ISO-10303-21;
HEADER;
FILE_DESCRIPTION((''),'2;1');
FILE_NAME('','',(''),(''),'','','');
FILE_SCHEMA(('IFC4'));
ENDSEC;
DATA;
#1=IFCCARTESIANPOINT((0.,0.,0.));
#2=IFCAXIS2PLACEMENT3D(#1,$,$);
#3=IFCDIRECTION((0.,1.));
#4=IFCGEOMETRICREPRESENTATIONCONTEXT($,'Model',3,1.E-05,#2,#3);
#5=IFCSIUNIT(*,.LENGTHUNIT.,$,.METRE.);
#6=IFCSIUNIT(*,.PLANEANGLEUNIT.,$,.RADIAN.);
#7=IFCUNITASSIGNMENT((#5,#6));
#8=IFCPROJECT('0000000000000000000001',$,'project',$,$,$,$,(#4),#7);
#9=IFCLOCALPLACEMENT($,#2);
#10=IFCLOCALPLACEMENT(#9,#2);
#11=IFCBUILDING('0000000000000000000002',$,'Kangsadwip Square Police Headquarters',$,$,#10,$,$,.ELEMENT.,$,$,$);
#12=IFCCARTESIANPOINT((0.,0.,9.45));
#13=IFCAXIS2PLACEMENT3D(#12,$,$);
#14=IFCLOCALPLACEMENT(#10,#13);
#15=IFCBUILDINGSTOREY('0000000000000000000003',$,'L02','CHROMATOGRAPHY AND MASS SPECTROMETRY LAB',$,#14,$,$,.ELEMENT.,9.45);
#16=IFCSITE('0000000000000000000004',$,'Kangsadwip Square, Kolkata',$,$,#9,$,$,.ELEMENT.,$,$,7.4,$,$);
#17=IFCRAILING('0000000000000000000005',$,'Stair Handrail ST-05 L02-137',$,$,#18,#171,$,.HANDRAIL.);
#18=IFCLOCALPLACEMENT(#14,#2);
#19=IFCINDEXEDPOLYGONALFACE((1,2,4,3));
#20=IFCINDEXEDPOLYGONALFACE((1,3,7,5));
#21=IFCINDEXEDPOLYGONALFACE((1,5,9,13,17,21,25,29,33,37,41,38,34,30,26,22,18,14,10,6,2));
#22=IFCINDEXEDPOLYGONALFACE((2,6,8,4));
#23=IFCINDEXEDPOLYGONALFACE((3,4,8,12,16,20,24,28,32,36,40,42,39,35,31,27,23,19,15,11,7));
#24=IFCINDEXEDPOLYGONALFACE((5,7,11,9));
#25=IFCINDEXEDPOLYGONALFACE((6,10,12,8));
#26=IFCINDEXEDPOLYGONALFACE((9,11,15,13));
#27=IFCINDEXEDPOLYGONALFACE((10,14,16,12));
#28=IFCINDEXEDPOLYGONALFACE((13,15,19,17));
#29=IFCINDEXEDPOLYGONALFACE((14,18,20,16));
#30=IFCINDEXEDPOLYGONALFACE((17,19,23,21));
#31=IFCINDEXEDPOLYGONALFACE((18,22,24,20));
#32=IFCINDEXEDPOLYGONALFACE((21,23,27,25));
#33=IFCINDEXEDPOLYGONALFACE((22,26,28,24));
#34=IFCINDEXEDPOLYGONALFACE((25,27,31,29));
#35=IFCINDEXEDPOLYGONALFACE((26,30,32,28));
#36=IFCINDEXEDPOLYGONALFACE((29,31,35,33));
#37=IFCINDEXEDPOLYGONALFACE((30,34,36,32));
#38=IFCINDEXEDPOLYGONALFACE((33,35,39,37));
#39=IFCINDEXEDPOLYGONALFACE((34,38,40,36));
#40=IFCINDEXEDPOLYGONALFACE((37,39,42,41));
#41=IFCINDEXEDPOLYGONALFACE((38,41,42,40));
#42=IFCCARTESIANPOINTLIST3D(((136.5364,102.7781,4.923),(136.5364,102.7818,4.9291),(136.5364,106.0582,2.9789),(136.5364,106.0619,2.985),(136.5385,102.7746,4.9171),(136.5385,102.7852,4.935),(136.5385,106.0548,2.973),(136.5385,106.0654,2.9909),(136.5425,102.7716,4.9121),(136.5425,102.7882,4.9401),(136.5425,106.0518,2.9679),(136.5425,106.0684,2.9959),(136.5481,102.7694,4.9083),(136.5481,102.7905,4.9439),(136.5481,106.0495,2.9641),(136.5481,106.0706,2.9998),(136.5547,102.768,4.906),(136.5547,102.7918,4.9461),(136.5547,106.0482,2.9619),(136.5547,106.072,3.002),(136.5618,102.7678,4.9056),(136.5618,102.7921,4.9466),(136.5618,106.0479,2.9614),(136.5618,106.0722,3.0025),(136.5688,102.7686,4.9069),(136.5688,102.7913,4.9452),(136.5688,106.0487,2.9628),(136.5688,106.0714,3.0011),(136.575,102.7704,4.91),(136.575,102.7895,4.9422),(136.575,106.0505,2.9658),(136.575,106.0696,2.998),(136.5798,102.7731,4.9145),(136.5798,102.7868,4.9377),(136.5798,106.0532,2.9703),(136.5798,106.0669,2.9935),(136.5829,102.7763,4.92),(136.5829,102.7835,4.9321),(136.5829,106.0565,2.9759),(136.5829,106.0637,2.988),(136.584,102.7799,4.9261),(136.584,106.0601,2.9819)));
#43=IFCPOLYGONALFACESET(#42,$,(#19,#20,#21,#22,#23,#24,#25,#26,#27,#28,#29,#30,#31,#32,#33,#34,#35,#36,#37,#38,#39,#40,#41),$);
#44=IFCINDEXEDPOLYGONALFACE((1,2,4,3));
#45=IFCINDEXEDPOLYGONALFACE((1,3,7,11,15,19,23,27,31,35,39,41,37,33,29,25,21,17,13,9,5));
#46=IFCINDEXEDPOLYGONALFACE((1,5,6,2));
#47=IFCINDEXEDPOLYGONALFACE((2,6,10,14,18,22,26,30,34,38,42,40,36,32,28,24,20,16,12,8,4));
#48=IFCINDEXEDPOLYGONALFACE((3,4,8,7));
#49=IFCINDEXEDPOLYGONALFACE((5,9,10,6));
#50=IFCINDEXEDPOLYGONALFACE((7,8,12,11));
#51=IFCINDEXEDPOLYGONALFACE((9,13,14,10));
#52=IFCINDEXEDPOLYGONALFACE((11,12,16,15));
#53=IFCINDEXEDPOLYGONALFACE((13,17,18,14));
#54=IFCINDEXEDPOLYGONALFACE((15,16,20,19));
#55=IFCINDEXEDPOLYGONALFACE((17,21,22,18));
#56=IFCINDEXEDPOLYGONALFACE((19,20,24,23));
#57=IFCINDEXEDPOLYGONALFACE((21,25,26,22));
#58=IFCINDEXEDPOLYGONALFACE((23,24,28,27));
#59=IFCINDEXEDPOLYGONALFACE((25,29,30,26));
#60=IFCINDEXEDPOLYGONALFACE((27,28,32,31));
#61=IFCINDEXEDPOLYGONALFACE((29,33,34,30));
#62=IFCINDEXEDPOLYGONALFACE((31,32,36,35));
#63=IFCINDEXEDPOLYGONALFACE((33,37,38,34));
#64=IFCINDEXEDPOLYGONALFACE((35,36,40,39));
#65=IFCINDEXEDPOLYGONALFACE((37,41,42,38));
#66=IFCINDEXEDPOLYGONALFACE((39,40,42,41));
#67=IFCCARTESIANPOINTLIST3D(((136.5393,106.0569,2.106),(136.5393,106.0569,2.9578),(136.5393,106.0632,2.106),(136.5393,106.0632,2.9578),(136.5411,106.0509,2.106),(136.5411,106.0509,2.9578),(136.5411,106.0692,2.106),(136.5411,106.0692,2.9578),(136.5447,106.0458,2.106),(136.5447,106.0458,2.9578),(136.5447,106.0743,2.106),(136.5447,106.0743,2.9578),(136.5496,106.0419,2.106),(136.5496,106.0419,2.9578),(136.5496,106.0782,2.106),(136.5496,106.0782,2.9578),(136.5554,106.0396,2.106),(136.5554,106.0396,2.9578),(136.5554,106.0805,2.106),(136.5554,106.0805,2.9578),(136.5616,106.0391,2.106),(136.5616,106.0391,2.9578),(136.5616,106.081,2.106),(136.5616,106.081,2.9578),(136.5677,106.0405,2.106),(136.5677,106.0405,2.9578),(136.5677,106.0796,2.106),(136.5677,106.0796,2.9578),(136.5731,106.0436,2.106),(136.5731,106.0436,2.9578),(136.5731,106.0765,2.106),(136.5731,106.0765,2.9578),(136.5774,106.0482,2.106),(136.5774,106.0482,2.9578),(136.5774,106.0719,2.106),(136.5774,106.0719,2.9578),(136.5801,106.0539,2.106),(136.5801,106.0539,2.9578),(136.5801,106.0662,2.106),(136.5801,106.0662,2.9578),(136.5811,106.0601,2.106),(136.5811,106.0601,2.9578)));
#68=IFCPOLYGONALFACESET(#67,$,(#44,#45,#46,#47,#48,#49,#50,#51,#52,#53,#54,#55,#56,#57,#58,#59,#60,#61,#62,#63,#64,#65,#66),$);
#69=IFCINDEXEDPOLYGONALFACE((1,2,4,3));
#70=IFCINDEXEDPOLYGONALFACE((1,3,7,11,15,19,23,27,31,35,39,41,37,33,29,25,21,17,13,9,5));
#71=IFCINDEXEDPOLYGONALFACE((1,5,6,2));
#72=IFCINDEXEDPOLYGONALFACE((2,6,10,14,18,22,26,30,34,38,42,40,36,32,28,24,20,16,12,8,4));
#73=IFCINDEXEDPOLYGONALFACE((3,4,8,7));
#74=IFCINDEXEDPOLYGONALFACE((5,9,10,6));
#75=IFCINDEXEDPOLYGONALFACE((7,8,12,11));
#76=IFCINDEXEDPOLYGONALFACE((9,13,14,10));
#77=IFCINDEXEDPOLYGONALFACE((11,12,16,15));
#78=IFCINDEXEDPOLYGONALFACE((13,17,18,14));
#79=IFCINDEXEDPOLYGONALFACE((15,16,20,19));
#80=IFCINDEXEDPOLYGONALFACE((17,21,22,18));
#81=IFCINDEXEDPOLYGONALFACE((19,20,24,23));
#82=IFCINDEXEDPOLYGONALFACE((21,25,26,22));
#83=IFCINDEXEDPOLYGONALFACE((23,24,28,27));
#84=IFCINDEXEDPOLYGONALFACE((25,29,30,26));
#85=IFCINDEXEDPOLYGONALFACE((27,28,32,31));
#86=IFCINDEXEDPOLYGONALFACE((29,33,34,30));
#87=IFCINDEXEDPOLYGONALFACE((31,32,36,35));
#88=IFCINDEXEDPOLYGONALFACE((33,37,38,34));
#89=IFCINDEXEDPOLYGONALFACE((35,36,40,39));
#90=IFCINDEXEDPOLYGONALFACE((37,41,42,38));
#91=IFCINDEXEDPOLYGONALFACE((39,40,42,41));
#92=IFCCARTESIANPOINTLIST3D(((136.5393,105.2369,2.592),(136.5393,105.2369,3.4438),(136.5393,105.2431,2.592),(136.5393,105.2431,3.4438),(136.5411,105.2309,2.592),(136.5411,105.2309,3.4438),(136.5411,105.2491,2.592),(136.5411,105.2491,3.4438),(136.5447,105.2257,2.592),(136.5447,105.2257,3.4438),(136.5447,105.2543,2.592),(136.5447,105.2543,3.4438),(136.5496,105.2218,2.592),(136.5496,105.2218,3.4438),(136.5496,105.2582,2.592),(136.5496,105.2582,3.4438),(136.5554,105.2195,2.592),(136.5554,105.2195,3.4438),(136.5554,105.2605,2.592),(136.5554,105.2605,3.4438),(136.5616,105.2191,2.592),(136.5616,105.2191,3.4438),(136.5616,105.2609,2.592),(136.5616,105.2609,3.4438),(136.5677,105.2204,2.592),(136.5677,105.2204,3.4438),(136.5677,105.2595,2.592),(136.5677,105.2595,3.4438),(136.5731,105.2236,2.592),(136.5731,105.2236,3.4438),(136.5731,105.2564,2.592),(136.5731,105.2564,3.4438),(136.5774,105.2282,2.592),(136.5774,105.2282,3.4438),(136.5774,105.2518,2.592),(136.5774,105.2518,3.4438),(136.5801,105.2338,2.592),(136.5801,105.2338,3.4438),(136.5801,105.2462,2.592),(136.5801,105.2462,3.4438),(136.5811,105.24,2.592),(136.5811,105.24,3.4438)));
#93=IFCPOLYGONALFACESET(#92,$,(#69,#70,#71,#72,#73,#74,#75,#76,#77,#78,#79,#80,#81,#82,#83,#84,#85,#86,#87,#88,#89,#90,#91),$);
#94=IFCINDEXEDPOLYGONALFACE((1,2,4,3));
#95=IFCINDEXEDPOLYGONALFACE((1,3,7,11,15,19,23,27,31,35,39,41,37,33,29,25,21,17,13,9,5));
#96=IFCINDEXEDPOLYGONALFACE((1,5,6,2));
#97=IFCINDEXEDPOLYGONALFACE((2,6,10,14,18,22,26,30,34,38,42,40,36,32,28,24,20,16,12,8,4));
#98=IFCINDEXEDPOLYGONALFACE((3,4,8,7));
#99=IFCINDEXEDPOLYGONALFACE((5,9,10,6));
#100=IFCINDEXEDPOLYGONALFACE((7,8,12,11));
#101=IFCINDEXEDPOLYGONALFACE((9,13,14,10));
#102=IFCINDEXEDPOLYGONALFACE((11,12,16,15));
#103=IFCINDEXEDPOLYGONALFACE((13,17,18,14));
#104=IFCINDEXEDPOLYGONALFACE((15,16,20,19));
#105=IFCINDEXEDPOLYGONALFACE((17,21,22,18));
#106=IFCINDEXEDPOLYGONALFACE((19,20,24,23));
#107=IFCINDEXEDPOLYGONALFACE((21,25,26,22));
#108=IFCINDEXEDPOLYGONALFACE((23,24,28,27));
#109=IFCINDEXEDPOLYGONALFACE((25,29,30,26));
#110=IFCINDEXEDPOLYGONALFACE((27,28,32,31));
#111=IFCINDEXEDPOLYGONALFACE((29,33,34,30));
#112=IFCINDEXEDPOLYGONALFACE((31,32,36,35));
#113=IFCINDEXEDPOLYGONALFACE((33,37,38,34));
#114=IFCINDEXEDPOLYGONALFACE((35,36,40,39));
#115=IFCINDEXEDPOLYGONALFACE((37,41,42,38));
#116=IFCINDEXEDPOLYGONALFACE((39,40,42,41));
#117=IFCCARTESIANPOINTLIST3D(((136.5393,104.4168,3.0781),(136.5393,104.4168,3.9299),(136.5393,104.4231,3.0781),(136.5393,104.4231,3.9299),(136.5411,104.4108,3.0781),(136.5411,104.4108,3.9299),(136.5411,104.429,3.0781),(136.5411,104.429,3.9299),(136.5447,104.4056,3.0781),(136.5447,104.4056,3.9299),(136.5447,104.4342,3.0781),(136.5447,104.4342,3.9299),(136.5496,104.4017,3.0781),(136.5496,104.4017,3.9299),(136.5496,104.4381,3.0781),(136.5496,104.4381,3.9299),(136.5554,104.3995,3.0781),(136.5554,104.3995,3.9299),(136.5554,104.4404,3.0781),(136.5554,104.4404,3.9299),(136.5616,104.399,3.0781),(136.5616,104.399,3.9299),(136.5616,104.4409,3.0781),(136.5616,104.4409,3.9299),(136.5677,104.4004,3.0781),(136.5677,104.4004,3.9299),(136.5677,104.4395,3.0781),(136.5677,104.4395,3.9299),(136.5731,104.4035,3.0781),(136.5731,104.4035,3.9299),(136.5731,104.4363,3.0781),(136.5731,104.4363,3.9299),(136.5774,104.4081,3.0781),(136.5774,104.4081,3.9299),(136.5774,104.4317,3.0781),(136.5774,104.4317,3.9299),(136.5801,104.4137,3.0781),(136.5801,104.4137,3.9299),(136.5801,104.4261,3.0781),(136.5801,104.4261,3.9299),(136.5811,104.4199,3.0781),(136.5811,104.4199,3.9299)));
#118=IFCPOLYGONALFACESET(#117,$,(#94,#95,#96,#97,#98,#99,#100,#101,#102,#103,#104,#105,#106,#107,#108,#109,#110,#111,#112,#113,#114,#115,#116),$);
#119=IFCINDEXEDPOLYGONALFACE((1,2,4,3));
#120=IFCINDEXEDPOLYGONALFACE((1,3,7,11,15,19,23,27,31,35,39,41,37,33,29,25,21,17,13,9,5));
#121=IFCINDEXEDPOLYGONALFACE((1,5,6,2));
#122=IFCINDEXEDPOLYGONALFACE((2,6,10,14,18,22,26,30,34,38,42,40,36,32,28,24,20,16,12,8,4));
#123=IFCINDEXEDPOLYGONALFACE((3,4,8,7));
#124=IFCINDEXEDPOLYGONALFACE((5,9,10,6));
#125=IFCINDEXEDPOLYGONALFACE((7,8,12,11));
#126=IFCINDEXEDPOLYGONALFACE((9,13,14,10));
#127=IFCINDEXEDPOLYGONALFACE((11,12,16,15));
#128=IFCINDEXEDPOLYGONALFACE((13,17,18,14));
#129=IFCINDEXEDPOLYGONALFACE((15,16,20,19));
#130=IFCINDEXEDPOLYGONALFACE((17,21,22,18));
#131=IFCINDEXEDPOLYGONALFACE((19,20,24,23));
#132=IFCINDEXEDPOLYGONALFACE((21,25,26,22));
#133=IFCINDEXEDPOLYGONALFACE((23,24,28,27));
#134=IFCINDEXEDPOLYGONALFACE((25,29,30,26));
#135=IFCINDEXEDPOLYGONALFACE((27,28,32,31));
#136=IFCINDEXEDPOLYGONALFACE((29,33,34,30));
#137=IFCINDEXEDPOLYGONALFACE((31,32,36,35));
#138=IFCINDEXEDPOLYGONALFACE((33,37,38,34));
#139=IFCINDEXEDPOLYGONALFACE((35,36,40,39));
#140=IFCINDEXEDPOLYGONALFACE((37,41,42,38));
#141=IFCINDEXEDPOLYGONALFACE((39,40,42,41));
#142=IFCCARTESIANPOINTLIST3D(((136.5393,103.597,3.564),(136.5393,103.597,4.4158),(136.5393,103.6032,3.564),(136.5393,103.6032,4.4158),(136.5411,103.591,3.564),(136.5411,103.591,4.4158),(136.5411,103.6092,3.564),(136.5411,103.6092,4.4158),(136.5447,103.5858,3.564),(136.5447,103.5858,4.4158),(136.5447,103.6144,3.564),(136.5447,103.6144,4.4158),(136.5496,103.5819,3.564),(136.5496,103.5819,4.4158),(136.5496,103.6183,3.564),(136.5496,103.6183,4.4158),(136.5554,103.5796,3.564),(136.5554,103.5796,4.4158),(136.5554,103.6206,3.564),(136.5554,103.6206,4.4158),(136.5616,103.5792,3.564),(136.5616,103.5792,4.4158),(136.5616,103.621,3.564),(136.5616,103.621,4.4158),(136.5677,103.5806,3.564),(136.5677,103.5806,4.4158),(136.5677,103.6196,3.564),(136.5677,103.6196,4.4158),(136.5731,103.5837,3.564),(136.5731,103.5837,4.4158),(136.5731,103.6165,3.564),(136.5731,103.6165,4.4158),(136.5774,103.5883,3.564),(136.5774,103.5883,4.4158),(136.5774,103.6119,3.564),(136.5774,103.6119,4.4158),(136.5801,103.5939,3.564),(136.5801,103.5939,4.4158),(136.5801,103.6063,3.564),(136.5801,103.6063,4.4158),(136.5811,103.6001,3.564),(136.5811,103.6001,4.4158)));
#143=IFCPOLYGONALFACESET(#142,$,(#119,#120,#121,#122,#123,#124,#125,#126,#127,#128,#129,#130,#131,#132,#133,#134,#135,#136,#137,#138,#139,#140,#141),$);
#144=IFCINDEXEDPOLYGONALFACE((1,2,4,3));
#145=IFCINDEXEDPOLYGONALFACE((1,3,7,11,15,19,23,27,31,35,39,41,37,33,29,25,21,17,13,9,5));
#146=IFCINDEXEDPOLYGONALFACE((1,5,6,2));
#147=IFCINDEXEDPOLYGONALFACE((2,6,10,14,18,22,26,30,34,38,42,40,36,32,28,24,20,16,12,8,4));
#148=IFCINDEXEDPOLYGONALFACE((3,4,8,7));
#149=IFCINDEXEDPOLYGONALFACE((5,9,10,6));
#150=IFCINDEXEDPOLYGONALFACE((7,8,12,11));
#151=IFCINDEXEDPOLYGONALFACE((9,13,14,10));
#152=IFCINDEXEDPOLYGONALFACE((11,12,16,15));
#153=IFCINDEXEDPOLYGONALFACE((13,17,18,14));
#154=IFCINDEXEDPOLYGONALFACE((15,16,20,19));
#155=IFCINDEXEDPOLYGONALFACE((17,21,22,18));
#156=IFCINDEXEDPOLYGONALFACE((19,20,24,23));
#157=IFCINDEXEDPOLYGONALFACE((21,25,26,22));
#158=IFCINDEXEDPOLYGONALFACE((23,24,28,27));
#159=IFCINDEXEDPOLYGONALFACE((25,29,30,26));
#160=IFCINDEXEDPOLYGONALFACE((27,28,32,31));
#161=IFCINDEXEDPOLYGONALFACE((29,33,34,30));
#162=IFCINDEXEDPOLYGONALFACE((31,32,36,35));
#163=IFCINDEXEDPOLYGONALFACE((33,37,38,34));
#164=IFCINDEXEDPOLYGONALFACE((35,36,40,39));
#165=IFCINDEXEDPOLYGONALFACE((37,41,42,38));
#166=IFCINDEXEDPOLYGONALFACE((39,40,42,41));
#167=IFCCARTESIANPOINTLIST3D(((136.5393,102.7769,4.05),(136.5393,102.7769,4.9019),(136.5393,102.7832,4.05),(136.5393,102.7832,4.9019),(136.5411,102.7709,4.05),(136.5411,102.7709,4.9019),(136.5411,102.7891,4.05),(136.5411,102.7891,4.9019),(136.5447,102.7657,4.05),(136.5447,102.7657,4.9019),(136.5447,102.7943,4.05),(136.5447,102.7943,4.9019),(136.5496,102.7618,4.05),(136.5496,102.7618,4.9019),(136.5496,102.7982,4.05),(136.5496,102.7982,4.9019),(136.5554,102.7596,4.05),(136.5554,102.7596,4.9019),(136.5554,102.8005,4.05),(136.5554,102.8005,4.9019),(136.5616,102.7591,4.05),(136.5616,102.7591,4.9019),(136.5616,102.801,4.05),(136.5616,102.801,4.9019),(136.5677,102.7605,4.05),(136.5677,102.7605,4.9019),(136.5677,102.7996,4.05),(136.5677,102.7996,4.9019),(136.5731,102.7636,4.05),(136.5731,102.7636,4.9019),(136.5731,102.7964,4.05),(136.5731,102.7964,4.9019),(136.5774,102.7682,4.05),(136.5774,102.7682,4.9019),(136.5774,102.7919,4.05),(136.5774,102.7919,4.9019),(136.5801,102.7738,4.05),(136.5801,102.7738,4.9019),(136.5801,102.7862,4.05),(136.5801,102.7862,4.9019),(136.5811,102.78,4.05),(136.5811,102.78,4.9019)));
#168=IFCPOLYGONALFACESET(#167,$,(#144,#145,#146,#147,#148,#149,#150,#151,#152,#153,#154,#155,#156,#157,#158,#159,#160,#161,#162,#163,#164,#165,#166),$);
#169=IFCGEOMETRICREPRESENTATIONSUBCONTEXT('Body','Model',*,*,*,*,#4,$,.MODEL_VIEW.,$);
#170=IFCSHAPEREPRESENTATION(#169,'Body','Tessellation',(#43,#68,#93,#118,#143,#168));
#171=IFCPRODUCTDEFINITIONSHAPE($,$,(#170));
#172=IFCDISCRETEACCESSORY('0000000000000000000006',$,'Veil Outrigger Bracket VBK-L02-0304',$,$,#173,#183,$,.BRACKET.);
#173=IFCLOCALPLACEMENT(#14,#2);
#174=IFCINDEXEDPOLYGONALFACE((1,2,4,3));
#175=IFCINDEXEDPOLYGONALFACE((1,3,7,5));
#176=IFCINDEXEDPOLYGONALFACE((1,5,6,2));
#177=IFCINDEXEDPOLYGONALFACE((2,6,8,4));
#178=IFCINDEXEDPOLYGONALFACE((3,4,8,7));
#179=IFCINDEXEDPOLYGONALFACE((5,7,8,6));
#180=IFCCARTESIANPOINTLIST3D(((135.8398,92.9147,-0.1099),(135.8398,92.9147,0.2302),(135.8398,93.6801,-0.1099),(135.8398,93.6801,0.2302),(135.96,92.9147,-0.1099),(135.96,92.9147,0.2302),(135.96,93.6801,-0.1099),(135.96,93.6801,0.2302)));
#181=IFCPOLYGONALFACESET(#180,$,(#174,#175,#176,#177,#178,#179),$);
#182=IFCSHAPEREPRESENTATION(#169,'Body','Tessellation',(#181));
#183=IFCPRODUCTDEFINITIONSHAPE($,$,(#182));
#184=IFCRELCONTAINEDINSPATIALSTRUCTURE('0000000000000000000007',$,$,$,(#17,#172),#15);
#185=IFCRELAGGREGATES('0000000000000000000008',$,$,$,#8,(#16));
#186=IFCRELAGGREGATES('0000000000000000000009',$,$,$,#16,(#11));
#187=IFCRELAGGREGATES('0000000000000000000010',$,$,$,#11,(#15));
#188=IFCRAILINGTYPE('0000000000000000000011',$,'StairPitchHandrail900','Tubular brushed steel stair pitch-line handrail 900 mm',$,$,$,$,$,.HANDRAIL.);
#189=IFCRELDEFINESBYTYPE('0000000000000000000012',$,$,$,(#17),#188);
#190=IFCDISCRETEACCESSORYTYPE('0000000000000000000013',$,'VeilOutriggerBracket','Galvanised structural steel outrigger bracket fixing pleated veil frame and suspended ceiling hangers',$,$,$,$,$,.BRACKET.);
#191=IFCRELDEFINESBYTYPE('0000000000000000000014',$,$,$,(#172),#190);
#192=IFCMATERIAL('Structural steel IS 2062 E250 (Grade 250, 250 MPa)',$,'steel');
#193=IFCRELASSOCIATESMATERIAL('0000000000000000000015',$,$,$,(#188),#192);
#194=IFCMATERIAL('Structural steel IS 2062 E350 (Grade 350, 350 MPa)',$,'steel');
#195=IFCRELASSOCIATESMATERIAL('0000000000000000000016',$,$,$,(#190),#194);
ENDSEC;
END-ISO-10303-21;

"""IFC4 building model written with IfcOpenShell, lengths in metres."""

from ifc_helpers import new_model, si_unit, direction, frame, origin, origin_2d, place, context, subcontext, project, spatial, rectangle, circle, extrude, material, type_object, element, save


model = new_model("IFC4")

# Units and contexts
model_context = context("Model", 3, precision=1e-05, world=origin(), true_north=direction((0.0, 1.0)))
body_context = subcontext(model_context, "Body", "Model", "MODEL_VIEW")
ifc_project = project(units=[si_unit("LENGTHUNIT", "METRE"), si_unit("PLANEANGLEUNIT", "RADIAN")], contexts=[model_context])

# Site, building, storey
site_placement = place(None, origin())
site = spatial("IfcSite", under=ifc_project, at=site_placement, Name="Kangsadwip Square, Kolkata", CompositionType="ELEMENT", RefElevation=7.4)
building_placement = place(site_placement, origin())
building = spatial("IfcBuilding", under=site, at=building_placement, Name="Kangsadwip Square Police Headquarters", CompositionType="ELEMENT")
storey_placement = place(building_placement, frame((0.0, 0.0, 9.45)))
storey = spatial("IfcBuildingStorey", under=building, at=storey_placement, Name="L02", Description="CHROMATOGRAPHY AND MASS SPECTROMETRY LAB", CompositionType="ELEMENT", Elevation=9.45)

# Railing
ifc_material_1 = material(Name="Structural steel IS 2062 E250 (Grade 250, 250 MPa)", Category="steel")
railing_type_1 = type_object("IfcRailingType", Name="StairPitchHandrail900", Description="Tubular brushed steel stair pitch-line handrail 900 mm", PredefinedType="HANDRAIL", material=ifc_material_1)
railing_1_placement = place(storey_placement, frame((136.5601, 106.0601, 2.106)))
element("IfcRailing", 1, at=railing_1_placement, inside=storey, type_object=railing_type_1, Name="Stair Handrail ST-05 L02-137", PredefinedType="HANDRAIL", context=body_context, shape_type="SweptSolid", body=[
    extrude(circle(Radius=0.0239, at=origin_2d()), frame((0.0, 0.0, 0.876), z_axis=(0.0, -0.860249, 0.509874), x_axis=(1.0, 0.0, 0.0)), (0.0, 0.0, 1.0), 3.813),
    extrude(circle(Radius=0.021, at=origin_2d()), origin(), (0.0, 0.0, 1.0), 0.8518),
    extrude(circle(Radius=0.021, at=origin_2d()), frame((0.0, -0.8201, 0.4861)), (0.0, 0.0, 1.0), 0.8518),
    extrude(circle(Radius=0.021, at=origin_2d()), frame((0.0, -1.6401, 0.9722)), (0.0, 0.0, 1.0), 0.8518),
    extrude(circle(Radius=0.021, at=origin_2d()), frame((0.0, -2.46, 1.458)), (0.0, 0.0, 1.0), 0.8518),
    extrude(circle(Radius=0.021, at=origin_2d()), frame((0.0, -3.28, 1.9441)), (0.0, 0.0, 1.0), 0.8518),
])

# Discrete accessory
ifc_material_2 = material(Name="Structural steel IS 2062 E350 (Grade 350, 350 MPa)", Category="steel")
discrete_accessory_type = type_object("IfcDiscreteAccessoryType", Name="VeilOutriggerBracket", Description="Galvanised structural steel outrigger bracket fixing pleated veil frame and suspended ceiling hangers", PredefinedType="BRACKET", material=ifc_material_2)
discrete_accessory_placement = place(storey_placement, frame((135.8999, 93.2974, -0.1099), z_axis=(0.0, 0.0, 1.0), x_axis=(1.0, 0.0, 0.0)))
element("IfcDiscreteAccessory", 2, at=discrete_accessory_placement, inside=storey, type_object=discrete_accessory_type, Name="Veil Outrigger Bracket VBK-L02-0304", PredefinedType="BRACKET", context=body_context, shape_type="SweptSolid", body=[
    extrude(rectangle(XDim=0.1201, YDim=0.7654, at=origin_2d()), origin(), (0.0, 0.0, 1.0), 0.3401),
])

save(model, "model.ifc")
